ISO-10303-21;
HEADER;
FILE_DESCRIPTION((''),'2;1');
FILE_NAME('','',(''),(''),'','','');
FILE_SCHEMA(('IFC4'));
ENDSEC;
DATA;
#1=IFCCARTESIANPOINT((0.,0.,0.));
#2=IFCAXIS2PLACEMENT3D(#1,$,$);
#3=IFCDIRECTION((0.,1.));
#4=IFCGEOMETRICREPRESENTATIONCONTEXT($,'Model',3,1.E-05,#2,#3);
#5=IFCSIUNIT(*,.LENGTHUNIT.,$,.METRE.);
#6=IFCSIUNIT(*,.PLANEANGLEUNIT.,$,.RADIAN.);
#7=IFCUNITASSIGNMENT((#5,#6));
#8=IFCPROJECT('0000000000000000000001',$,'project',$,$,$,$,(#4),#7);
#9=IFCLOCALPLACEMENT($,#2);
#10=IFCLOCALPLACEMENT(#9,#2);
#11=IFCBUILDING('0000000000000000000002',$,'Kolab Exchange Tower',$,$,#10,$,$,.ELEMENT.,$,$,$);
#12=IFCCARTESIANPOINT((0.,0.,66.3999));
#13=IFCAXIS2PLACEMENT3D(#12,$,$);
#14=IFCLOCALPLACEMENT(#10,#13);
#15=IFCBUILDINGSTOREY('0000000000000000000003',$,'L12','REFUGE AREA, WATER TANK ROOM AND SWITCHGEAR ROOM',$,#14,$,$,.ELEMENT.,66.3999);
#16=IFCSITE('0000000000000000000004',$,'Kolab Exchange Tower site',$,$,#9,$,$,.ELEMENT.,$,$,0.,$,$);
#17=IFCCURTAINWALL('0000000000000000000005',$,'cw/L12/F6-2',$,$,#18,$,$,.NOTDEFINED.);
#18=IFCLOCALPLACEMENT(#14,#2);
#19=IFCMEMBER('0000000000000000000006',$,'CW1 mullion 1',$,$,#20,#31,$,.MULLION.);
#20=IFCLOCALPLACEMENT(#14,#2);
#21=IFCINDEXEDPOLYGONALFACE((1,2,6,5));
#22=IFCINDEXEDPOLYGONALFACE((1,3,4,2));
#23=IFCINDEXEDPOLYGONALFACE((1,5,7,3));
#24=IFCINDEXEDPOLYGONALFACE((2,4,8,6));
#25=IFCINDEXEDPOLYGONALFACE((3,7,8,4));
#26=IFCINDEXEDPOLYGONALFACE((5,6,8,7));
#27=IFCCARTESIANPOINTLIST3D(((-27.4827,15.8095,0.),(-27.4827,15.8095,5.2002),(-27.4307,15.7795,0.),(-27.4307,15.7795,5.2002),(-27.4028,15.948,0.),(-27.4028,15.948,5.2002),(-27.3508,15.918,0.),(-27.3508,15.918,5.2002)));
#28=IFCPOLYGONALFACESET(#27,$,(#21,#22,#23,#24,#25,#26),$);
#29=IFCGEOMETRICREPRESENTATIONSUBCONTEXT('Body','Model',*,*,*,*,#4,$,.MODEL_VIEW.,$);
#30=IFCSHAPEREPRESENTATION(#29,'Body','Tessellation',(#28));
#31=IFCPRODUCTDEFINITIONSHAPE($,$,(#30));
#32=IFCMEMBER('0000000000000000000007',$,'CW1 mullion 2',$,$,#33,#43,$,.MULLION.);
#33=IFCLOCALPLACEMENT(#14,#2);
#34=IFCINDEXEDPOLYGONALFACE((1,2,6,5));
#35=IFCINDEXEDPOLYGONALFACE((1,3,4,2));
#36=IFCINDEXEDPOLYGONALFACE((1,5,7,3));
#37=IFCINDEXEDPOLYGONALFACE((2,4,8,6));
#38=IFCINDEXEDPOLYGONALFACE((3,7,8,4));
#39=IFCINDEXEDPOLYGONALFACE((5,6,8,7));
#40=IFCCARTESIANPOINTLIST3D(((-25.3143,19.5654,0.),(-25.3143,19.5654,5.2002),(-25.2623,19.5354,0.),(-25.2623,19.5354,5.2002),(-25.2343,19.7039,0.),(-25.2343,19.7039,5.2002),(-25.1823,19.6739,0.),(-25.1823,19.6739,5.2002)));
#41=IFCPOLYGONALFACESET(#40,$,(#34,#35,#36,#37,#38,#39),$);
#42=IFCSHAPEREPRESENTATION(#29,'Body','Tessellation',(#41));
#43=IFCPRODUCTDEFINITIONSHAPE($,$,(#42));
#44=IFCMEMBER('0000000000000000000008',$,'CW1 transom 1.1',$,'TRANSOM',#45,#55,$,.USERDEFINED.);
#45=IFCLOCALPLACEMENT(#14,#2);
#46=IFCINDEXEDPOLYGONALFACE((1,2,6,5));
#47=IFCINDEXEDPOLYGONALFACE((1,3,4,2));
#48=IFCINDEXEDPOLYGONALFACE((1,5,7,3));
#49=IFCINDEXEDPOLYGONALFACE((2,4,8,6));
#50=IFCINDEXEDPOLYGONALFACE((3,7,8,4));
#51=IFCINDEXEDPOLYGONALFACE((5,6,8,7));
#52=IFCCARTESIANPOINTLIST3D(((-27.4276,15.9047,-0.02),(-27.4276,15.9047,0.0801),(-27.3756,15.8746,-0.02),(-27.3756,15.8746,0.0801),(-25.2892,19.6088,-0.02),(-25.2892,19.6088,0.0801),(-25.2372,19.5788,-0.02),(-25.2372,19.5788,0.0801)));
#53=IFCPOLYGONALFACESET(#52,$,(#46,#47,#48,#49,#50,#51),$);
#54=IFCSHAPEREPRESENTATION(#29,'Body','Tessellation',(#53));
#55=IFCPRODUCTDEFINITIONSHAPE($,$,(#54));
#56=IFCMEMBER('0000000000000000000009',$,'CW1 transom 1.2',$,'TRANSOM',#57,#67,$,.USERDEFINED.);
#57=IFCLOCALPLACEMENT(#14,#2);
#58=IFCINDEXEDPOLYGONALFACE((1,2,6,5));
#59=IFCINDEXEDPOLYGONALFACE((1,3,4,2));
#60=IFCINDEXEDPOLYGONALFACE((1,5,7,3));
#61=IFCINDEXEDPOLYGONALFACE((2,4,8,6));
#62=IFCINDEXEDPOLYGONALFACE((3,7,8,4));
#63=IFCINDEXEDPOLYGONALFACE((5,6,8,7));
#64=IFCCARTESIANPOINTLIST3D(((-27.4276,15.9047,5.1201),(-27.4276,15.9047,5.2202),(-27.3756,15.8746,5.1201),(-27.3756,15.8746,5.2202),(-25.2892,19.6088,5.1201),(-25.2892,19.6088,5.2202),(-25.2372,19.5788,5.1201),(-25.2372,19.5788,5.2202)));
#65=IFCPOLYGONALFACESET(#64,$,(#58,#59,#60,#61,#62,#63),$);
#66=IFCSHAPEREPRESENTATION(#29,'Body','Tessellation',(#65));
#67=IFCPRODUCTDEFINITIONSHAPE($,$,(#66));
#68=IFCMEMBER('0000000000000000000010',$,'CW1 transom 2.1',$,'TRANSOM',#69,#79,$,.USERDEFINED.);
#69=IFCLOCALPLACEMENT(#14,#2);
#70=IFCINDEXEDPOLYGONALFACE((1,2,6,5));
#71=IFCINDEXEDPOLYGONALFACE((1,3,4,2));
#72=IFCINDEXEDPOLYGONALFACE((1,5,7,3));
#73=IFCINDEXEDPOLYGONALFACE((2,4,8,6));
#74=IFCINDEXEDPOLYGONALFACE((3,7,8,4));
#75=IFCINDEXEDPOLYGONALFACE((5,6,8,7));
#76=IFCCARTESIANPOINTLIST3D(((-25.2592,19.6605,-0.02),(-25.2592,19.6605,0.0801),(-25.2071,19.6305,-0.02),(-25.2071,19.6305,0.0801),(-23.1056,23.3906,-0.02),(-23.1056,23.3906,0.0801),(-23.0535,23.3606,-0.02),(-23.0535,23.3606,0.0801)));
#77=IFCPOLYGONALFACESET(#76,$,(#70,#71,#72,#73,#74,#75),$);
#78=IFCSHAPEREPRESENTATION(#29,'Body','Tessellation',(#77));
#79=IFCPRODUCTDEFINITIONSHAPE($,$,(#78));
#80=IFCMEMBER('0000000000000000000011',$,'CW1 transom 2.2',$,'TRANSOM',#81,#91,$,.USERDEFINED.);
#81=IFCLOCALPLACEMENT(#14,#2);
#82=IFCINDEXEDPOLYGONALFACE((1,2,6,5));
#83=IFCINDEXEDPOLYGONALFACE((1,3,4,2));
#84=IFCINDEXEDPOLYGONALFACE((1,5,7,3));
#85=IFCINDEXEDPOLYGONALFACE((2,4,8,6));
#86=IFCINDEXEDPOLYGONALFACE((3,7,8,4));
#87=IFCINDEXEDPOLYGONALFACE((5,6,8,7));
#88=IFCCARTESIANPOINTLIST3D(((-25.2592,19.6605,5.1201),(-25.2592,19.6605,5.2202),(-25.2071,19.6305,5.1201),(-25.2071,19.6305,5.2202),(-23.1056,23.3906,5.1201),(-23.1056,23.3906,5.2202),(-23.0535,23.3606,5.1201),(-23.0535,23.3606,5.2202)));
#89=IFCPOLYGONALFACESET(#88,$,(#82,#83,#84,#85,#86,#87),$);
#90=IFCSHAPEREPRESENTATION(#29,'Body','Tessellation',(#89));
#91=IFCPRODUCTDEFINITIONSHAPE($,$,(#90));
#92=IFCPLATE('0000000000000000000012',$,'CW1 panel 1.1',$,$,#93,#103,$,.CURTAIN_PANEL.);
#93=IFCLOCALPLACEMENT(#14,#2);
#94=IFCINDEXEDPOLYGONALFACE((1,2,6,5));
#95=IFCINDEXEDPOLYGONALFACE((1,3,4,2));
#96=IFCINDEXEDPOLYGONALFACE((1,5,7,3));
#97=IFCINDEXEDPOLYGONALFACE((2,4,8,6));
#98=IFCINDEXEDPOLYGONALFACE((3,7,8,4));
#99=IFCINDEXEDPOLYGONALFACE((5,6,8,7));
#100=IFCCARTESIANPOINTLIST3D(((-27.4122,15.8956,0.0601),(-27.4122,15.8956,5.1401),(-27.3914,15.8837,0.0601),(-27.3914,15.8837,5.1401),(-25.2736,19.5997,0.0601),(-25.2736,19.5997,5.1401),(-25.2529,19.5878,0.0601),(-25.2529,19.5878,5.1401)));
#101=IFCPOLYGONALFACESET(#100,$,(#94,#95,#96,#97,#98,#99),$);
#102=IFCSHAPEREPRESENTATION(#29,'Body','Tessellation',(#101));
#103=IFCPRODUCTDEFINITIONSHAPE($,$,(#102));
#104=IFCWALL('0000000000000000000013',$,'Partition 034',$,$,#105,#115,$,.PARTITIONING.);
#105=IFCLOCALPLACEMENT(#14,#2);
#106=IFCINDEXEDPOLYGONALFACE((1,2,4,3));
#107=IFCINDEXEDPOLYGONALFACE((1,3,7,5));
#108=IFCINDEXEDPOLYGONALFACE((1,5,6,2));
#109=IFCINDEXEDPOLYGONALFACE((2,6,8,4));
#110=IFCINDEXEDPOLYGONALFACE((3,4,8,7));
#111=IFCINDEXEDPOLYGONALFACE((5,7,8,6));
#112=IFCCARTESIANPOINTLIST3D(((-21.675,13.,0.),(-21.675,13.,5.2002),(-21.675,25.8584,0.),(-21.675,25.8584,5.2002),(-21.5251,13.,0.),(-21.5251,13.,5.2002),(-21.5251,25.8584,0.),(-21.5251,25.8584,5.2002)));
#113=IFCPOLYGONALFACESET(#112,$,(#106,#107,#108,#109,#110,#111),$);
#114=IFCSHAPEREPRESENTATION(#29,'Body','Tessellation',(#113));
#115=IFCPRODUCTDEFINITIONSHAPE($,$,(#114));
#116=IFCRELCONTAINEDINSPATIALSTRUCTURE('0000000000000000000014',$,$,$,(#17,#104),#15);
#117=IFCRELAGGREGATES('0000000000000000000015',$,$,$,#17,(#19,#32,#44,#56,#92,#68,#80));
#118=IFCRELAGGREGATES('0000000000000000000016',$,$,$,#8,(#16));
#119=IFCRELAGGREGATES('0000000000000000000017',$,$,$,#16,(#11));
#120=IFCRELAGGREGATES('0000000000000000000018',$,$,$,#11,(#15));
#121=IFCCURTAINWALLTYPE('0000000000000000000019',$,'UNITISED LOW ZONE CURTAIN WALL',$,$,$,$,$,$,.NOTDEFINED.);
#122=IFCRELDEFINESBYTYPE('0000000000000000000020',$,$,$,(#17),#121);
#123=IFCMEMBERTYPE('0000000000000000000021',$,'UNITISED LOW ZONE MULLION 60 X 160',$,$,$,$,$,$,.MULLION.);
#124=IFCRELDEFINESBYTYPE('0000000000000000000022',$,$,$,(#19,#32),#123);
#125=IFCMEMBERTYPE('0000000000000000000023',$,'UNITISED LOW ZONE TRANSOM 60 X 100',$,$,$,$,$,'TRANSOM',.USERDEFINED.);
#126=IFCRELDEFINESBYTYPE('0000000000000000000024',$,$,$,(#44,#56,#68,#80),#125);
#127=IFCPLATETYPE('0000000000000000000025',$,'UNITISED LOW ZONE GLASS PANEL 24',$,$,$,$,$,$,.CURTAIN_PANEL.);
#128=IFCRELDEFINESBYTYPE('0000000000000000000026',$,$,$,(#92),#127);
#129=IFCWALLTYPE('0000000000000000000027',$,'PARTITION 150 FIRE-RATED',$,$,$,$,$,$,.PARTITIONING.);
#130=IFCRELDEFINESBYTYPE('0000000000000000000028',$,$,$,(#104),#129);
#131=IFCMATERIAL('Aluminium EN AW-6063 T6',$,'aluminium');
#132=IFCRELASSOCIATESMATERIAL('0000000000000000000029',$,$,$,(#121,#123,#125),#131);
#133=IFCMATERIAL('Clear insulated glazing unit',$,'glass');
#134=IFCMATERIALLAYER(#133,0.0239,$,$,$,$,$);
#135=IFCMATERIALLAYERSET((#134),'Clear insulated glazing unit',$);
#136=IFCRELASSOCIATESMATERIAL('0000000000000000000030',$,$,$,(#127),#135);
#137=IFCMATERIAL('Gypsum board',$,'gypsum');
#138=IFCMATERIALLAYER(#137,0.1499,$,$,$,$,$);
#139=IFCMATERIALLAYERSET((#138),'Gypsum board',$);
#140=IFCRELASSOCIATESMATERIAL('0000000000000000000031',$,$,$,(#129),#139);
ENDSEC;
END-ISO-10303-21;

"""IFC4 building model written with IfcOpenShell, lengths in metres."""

from ifc_helpers import new_model, si_unit, direction, frame, frame_2d, origin, origin_2d, place, context, subcontext, project, spatial, rectangle, extrude, material, layer, layer_set, material_profile, profile_set, type_object, element, aggregate, save


model = new_model("IFC4")

# Units and contexts
model_context = context("Model", 3, precision=1e-05, world=origin(), true_north=direction((0.0, 1.0)))
body_context = subcontext(model_context, "Body", "Model", "MODEL_VIEW")
ifc_project = project(units=[si_unit("LENGTHUNIT", "METRE"), si_unit("PLANEANGLEUNIT", "RADIAN")], contexts=[model_context])

# Site, building, storey
site_placement = place(None, origin())
site = spatial("IfcSite", under=ifc_project, at=site_placement, Name="Kolab Exchange Tower site", CompositionType="ELEMENT", RefElevation=0.0)
building_placement = place(site_placement, origin())
building = spatial("IfcBuilding", under=site, at=building_placement, Name="Kolab Exchange Tower", CompositionType="ELEMENT")
storey_placement = place(building_placement, frame((0.0, 0.0, 66.3999)))
storey = spatial("IfcBuildingStorey", under=building, at=storey_placement, Name="L12", Description="REFUGE AREA, WATER TANK ROOM AND SWITCHGEAR ROOM", CompositionType="ELEMENT", Elevation=66.3999)

# Curtain wall, members, plate
ifc_material_1 = material(Name="Aluminium EN AW-6063 T6", Category="aluminium")
curtain_wall_type = type_object("IfcCurtainWallType", Name="UNITISED LOW ZONE CURTAIN WALL", PredefinedType="NOTDEFINED", material=ifc_material_1)
curtain_wall_placement = place(storey_placement, origin())
curtain_wall = element("IfcCurtainWall", 1, at=curtain_wall_placement, inside=storey, type_object=curtain_wall_type, Name="cw/L12/F6-2", PredefinedType="NOTDEFINED")
ifc_material_profile_1 = material_profile(ifc_material_1, rectangle(XDim=0.0601, YDim=0.1599, at=origin_2d()), Name="RECT 60X160")
ifc_profile_set_1 = profile_set([ifc_material_profile_1], Name="Aluminium EN AW-6063 T6")
member_type_1 = type_object("IfcMemberType", Name="UNITISED LOW ZONE MULLION 60 X 160", PredefinedType="MULLION", material=ifc_profile_set_1)
member_1_placement = place(storey_placement, frame((-27.4167, 15.8638, 0.0), z_axis=(0.0, 0.0, 1.0), x_axis=(-0.866025, 0.5, 0.0)))
member_1 = element("IfcMember", 2, at=member_1_placement, type_object=member_type_1, Name="CW1 mullion 1", PredefinedType="MULLION", context=body_context, shape_type="SweptSolid", body=[
    extrude(rectangle(XDim=0.0601, YDim=0.1599, at=origin_2d()), origin(), (0.0, 0.0, 1.0), 5.2002),
])
member_2_placement = place(storey_placement, frame((-25.2483, 19.6196, 0.0), z_axis=(0.0, 0.0, 1.0), x_axis=(-0.866025, 0.5, 0.0)))
member_2 = element("IfcMember", 3, at=member_2_placement, type_object=member_type_1, Name="CW1 mullion 2", PredefinedType="MULLION", context=body_context, shape_type="SweptSolid", body=[
    extrude(rectangle(XDim=0.0601, YDim=0.1599, at=origin_2d()), origin(), (0.0, 0.0, 1.0), 5.2002),
])
ifc_material_profile_2 = material_profile(ifc_material_1, rectangle(XDim=0.0601, YDim=0.1001, at=origin_2d()), Name="RECT 60X100")
ifc_profile_set_2 = profile_set([ifc_material_profile_2], Name="Aluminium EN AW-6063 T6")
member_type_2 = type_object("IfcMemberType", Name="UNITISED LOW ZONE TRANSOM 60 X 100", ElementType="TRANSOM", PredefinedType="USERDEFINED", material=ifc_profile_set_2)
member_3_placement = place(storey_placement, frame((-27.4016, 15.8896, 0.03), z_axis=(0.499976, 0.866039, 0.0), x_axis=(-0.866039, 0.499976, 0.0)))
member_3 = element("IfcMember", 4, at=member_3_placement, type_object=member_type_2, Name="CW1 transom 1.1", ObjectType="TRANSOM", PredefinedType="USERDEFINED", context=body_context, shape_type="SweptSolid", body=[
    extrude(rectangle(XDim=0.0601, YDim=0.1001, at=origin_2d()), origin(), (0.0, 0.0, 1.0), 4.2771),
])
member_4_placement = place(storey_placement, frame((-27.4016, 15.8896, 5.1702), z_axis=(0.499976, 0.866039, 0.0), x_axis=(-0.866039, 0.499976, 0.0)))
member_4 = element("IfcMember", 5, at=member_4_placement, type_object=member_type_2, Name="CW1 transom 1.2", ObjectType="TRANSOM", PredefinedType="USERDEFINED", context=body_context, shape_type="SweptSolid", body=[
    extrude(rectangle(XDim=0.0601, YDim=0.1001, at=origin_2d()), origin(), (0.0, 0.0, 1.0), 4.2771),
])
member_5_placement = place(storey_placement, frame((-25.2332, 19.6455, 0.03), z_axis=(0.50001, 0.866019, 0.0), x_axis=(-0.866019, 0.50001, 0.0)))
member_5 = element("IfcMember", 6, at=member_5_placement, type_object=member_type_2, Name="CW1 transom 2.1", ObjectType="TRANSOM", PredefinedType="USERDEFINED", context=body_context, shape_type="SweptSolid", body=[
    extrude(rectangle(XDim=0.0601, YDim=0.1001, at=origin_2d()), origin(), (0.0, 0.0, 1.0), 4.3071),
])
member_6_placement = place(storey_placement, frame((-25.2332, 19.6455, 5.1702), z_axis=(0.50001, 0.866019, 0.0), x_axis=(-0.866019, 0.50001, 0.0)))
member_6 = element("IfcMember", 7, at=member_6_placement, type_object=member_type_2, Name="CW1 transom 2.2", ObjectType="TRANSOM", PredefinedType="USERDEFINED", context=body_context, shape_type="SweptSolid", body=[
    extrude(rectangle(XDim=0.0601, YDim=0.1001, at=origin_2d()), origin(), (0.0, 0.0, 1.0), 4.3071),
])
ifc_material_2 = material(Name="Clear insulated glazing unit", Category="glass")
ifc_layer_1 = layer(ifc_material_2, 0.0239)
ifc_layer_set_1 = layer_set([ifc_layer_1], Name="Clear insulated glazing unit")
plate_type = type_object("IfcPlateType", Name="UNITISED LOW ZONE GLASS PANEL 24", PredefinedType="CURTAIN_PANEL", material=ifc_layer_set_1)
plate_placement = place(storey_placement, frame((-26.3325, 17.7417, 0.0601), z_axis=(0.0, 0.0, 1.0), x_axis=(0.5, 0.866025, 0.0)))
plate = element("IfcPlate", 8, at=plate_placement, type_object=plate_type, Name="CW1 panel 1.1", PredefinedType="CURTAIN_PANEL", context=body_context, shape_type="SweptSolid", body=[
    extrude(rectangle(XDim=4.2771, YDim=0.0239, at=origin_2d()), origin(), (0.0, 0.0, 1.0), 5.0801),
])
aggregate(curtain_wall, [member_1, member_2, member_3, member_4, plate, member_5, member_6])

# Wall
ifc_material_3 = material(Name="Gypsum board", Category="gypsum")
ifc_layer_2 = layer(ifc_material_3, 0.1499)
ifc_layer_set_2 = layer_set([ifc_layer_2], Name="Gypsum board")
wall_type = type_object("IfcWallType", Name="PARTITION 150 FIRE-RATED", PredefinedType="PARTITIONING", material=ifc_layer_set_2)
wall_1_placement = place(storey_placement, frame((-21.6001, 13.0, 0.0), z_axis=(0.0, 0.0, 1.0), x_axis=(0.0, 1.0, 0.0)))
element("IfcWall", 9, at=wall_1_placement, inside=storey, type_object=wall_type, Name="Partition 034", PredefinedType="PARTITIONING", context=body_context, shape_type="SweptSolid", body=[
    extrude(rectangle(XDim=12.8584, YDim=0.1499, at=frame_2d((6.4292, 0.0))), origin(), (0.0, 0.0, 1.0), 5.2002),
])

save(model, "model.ifc")
